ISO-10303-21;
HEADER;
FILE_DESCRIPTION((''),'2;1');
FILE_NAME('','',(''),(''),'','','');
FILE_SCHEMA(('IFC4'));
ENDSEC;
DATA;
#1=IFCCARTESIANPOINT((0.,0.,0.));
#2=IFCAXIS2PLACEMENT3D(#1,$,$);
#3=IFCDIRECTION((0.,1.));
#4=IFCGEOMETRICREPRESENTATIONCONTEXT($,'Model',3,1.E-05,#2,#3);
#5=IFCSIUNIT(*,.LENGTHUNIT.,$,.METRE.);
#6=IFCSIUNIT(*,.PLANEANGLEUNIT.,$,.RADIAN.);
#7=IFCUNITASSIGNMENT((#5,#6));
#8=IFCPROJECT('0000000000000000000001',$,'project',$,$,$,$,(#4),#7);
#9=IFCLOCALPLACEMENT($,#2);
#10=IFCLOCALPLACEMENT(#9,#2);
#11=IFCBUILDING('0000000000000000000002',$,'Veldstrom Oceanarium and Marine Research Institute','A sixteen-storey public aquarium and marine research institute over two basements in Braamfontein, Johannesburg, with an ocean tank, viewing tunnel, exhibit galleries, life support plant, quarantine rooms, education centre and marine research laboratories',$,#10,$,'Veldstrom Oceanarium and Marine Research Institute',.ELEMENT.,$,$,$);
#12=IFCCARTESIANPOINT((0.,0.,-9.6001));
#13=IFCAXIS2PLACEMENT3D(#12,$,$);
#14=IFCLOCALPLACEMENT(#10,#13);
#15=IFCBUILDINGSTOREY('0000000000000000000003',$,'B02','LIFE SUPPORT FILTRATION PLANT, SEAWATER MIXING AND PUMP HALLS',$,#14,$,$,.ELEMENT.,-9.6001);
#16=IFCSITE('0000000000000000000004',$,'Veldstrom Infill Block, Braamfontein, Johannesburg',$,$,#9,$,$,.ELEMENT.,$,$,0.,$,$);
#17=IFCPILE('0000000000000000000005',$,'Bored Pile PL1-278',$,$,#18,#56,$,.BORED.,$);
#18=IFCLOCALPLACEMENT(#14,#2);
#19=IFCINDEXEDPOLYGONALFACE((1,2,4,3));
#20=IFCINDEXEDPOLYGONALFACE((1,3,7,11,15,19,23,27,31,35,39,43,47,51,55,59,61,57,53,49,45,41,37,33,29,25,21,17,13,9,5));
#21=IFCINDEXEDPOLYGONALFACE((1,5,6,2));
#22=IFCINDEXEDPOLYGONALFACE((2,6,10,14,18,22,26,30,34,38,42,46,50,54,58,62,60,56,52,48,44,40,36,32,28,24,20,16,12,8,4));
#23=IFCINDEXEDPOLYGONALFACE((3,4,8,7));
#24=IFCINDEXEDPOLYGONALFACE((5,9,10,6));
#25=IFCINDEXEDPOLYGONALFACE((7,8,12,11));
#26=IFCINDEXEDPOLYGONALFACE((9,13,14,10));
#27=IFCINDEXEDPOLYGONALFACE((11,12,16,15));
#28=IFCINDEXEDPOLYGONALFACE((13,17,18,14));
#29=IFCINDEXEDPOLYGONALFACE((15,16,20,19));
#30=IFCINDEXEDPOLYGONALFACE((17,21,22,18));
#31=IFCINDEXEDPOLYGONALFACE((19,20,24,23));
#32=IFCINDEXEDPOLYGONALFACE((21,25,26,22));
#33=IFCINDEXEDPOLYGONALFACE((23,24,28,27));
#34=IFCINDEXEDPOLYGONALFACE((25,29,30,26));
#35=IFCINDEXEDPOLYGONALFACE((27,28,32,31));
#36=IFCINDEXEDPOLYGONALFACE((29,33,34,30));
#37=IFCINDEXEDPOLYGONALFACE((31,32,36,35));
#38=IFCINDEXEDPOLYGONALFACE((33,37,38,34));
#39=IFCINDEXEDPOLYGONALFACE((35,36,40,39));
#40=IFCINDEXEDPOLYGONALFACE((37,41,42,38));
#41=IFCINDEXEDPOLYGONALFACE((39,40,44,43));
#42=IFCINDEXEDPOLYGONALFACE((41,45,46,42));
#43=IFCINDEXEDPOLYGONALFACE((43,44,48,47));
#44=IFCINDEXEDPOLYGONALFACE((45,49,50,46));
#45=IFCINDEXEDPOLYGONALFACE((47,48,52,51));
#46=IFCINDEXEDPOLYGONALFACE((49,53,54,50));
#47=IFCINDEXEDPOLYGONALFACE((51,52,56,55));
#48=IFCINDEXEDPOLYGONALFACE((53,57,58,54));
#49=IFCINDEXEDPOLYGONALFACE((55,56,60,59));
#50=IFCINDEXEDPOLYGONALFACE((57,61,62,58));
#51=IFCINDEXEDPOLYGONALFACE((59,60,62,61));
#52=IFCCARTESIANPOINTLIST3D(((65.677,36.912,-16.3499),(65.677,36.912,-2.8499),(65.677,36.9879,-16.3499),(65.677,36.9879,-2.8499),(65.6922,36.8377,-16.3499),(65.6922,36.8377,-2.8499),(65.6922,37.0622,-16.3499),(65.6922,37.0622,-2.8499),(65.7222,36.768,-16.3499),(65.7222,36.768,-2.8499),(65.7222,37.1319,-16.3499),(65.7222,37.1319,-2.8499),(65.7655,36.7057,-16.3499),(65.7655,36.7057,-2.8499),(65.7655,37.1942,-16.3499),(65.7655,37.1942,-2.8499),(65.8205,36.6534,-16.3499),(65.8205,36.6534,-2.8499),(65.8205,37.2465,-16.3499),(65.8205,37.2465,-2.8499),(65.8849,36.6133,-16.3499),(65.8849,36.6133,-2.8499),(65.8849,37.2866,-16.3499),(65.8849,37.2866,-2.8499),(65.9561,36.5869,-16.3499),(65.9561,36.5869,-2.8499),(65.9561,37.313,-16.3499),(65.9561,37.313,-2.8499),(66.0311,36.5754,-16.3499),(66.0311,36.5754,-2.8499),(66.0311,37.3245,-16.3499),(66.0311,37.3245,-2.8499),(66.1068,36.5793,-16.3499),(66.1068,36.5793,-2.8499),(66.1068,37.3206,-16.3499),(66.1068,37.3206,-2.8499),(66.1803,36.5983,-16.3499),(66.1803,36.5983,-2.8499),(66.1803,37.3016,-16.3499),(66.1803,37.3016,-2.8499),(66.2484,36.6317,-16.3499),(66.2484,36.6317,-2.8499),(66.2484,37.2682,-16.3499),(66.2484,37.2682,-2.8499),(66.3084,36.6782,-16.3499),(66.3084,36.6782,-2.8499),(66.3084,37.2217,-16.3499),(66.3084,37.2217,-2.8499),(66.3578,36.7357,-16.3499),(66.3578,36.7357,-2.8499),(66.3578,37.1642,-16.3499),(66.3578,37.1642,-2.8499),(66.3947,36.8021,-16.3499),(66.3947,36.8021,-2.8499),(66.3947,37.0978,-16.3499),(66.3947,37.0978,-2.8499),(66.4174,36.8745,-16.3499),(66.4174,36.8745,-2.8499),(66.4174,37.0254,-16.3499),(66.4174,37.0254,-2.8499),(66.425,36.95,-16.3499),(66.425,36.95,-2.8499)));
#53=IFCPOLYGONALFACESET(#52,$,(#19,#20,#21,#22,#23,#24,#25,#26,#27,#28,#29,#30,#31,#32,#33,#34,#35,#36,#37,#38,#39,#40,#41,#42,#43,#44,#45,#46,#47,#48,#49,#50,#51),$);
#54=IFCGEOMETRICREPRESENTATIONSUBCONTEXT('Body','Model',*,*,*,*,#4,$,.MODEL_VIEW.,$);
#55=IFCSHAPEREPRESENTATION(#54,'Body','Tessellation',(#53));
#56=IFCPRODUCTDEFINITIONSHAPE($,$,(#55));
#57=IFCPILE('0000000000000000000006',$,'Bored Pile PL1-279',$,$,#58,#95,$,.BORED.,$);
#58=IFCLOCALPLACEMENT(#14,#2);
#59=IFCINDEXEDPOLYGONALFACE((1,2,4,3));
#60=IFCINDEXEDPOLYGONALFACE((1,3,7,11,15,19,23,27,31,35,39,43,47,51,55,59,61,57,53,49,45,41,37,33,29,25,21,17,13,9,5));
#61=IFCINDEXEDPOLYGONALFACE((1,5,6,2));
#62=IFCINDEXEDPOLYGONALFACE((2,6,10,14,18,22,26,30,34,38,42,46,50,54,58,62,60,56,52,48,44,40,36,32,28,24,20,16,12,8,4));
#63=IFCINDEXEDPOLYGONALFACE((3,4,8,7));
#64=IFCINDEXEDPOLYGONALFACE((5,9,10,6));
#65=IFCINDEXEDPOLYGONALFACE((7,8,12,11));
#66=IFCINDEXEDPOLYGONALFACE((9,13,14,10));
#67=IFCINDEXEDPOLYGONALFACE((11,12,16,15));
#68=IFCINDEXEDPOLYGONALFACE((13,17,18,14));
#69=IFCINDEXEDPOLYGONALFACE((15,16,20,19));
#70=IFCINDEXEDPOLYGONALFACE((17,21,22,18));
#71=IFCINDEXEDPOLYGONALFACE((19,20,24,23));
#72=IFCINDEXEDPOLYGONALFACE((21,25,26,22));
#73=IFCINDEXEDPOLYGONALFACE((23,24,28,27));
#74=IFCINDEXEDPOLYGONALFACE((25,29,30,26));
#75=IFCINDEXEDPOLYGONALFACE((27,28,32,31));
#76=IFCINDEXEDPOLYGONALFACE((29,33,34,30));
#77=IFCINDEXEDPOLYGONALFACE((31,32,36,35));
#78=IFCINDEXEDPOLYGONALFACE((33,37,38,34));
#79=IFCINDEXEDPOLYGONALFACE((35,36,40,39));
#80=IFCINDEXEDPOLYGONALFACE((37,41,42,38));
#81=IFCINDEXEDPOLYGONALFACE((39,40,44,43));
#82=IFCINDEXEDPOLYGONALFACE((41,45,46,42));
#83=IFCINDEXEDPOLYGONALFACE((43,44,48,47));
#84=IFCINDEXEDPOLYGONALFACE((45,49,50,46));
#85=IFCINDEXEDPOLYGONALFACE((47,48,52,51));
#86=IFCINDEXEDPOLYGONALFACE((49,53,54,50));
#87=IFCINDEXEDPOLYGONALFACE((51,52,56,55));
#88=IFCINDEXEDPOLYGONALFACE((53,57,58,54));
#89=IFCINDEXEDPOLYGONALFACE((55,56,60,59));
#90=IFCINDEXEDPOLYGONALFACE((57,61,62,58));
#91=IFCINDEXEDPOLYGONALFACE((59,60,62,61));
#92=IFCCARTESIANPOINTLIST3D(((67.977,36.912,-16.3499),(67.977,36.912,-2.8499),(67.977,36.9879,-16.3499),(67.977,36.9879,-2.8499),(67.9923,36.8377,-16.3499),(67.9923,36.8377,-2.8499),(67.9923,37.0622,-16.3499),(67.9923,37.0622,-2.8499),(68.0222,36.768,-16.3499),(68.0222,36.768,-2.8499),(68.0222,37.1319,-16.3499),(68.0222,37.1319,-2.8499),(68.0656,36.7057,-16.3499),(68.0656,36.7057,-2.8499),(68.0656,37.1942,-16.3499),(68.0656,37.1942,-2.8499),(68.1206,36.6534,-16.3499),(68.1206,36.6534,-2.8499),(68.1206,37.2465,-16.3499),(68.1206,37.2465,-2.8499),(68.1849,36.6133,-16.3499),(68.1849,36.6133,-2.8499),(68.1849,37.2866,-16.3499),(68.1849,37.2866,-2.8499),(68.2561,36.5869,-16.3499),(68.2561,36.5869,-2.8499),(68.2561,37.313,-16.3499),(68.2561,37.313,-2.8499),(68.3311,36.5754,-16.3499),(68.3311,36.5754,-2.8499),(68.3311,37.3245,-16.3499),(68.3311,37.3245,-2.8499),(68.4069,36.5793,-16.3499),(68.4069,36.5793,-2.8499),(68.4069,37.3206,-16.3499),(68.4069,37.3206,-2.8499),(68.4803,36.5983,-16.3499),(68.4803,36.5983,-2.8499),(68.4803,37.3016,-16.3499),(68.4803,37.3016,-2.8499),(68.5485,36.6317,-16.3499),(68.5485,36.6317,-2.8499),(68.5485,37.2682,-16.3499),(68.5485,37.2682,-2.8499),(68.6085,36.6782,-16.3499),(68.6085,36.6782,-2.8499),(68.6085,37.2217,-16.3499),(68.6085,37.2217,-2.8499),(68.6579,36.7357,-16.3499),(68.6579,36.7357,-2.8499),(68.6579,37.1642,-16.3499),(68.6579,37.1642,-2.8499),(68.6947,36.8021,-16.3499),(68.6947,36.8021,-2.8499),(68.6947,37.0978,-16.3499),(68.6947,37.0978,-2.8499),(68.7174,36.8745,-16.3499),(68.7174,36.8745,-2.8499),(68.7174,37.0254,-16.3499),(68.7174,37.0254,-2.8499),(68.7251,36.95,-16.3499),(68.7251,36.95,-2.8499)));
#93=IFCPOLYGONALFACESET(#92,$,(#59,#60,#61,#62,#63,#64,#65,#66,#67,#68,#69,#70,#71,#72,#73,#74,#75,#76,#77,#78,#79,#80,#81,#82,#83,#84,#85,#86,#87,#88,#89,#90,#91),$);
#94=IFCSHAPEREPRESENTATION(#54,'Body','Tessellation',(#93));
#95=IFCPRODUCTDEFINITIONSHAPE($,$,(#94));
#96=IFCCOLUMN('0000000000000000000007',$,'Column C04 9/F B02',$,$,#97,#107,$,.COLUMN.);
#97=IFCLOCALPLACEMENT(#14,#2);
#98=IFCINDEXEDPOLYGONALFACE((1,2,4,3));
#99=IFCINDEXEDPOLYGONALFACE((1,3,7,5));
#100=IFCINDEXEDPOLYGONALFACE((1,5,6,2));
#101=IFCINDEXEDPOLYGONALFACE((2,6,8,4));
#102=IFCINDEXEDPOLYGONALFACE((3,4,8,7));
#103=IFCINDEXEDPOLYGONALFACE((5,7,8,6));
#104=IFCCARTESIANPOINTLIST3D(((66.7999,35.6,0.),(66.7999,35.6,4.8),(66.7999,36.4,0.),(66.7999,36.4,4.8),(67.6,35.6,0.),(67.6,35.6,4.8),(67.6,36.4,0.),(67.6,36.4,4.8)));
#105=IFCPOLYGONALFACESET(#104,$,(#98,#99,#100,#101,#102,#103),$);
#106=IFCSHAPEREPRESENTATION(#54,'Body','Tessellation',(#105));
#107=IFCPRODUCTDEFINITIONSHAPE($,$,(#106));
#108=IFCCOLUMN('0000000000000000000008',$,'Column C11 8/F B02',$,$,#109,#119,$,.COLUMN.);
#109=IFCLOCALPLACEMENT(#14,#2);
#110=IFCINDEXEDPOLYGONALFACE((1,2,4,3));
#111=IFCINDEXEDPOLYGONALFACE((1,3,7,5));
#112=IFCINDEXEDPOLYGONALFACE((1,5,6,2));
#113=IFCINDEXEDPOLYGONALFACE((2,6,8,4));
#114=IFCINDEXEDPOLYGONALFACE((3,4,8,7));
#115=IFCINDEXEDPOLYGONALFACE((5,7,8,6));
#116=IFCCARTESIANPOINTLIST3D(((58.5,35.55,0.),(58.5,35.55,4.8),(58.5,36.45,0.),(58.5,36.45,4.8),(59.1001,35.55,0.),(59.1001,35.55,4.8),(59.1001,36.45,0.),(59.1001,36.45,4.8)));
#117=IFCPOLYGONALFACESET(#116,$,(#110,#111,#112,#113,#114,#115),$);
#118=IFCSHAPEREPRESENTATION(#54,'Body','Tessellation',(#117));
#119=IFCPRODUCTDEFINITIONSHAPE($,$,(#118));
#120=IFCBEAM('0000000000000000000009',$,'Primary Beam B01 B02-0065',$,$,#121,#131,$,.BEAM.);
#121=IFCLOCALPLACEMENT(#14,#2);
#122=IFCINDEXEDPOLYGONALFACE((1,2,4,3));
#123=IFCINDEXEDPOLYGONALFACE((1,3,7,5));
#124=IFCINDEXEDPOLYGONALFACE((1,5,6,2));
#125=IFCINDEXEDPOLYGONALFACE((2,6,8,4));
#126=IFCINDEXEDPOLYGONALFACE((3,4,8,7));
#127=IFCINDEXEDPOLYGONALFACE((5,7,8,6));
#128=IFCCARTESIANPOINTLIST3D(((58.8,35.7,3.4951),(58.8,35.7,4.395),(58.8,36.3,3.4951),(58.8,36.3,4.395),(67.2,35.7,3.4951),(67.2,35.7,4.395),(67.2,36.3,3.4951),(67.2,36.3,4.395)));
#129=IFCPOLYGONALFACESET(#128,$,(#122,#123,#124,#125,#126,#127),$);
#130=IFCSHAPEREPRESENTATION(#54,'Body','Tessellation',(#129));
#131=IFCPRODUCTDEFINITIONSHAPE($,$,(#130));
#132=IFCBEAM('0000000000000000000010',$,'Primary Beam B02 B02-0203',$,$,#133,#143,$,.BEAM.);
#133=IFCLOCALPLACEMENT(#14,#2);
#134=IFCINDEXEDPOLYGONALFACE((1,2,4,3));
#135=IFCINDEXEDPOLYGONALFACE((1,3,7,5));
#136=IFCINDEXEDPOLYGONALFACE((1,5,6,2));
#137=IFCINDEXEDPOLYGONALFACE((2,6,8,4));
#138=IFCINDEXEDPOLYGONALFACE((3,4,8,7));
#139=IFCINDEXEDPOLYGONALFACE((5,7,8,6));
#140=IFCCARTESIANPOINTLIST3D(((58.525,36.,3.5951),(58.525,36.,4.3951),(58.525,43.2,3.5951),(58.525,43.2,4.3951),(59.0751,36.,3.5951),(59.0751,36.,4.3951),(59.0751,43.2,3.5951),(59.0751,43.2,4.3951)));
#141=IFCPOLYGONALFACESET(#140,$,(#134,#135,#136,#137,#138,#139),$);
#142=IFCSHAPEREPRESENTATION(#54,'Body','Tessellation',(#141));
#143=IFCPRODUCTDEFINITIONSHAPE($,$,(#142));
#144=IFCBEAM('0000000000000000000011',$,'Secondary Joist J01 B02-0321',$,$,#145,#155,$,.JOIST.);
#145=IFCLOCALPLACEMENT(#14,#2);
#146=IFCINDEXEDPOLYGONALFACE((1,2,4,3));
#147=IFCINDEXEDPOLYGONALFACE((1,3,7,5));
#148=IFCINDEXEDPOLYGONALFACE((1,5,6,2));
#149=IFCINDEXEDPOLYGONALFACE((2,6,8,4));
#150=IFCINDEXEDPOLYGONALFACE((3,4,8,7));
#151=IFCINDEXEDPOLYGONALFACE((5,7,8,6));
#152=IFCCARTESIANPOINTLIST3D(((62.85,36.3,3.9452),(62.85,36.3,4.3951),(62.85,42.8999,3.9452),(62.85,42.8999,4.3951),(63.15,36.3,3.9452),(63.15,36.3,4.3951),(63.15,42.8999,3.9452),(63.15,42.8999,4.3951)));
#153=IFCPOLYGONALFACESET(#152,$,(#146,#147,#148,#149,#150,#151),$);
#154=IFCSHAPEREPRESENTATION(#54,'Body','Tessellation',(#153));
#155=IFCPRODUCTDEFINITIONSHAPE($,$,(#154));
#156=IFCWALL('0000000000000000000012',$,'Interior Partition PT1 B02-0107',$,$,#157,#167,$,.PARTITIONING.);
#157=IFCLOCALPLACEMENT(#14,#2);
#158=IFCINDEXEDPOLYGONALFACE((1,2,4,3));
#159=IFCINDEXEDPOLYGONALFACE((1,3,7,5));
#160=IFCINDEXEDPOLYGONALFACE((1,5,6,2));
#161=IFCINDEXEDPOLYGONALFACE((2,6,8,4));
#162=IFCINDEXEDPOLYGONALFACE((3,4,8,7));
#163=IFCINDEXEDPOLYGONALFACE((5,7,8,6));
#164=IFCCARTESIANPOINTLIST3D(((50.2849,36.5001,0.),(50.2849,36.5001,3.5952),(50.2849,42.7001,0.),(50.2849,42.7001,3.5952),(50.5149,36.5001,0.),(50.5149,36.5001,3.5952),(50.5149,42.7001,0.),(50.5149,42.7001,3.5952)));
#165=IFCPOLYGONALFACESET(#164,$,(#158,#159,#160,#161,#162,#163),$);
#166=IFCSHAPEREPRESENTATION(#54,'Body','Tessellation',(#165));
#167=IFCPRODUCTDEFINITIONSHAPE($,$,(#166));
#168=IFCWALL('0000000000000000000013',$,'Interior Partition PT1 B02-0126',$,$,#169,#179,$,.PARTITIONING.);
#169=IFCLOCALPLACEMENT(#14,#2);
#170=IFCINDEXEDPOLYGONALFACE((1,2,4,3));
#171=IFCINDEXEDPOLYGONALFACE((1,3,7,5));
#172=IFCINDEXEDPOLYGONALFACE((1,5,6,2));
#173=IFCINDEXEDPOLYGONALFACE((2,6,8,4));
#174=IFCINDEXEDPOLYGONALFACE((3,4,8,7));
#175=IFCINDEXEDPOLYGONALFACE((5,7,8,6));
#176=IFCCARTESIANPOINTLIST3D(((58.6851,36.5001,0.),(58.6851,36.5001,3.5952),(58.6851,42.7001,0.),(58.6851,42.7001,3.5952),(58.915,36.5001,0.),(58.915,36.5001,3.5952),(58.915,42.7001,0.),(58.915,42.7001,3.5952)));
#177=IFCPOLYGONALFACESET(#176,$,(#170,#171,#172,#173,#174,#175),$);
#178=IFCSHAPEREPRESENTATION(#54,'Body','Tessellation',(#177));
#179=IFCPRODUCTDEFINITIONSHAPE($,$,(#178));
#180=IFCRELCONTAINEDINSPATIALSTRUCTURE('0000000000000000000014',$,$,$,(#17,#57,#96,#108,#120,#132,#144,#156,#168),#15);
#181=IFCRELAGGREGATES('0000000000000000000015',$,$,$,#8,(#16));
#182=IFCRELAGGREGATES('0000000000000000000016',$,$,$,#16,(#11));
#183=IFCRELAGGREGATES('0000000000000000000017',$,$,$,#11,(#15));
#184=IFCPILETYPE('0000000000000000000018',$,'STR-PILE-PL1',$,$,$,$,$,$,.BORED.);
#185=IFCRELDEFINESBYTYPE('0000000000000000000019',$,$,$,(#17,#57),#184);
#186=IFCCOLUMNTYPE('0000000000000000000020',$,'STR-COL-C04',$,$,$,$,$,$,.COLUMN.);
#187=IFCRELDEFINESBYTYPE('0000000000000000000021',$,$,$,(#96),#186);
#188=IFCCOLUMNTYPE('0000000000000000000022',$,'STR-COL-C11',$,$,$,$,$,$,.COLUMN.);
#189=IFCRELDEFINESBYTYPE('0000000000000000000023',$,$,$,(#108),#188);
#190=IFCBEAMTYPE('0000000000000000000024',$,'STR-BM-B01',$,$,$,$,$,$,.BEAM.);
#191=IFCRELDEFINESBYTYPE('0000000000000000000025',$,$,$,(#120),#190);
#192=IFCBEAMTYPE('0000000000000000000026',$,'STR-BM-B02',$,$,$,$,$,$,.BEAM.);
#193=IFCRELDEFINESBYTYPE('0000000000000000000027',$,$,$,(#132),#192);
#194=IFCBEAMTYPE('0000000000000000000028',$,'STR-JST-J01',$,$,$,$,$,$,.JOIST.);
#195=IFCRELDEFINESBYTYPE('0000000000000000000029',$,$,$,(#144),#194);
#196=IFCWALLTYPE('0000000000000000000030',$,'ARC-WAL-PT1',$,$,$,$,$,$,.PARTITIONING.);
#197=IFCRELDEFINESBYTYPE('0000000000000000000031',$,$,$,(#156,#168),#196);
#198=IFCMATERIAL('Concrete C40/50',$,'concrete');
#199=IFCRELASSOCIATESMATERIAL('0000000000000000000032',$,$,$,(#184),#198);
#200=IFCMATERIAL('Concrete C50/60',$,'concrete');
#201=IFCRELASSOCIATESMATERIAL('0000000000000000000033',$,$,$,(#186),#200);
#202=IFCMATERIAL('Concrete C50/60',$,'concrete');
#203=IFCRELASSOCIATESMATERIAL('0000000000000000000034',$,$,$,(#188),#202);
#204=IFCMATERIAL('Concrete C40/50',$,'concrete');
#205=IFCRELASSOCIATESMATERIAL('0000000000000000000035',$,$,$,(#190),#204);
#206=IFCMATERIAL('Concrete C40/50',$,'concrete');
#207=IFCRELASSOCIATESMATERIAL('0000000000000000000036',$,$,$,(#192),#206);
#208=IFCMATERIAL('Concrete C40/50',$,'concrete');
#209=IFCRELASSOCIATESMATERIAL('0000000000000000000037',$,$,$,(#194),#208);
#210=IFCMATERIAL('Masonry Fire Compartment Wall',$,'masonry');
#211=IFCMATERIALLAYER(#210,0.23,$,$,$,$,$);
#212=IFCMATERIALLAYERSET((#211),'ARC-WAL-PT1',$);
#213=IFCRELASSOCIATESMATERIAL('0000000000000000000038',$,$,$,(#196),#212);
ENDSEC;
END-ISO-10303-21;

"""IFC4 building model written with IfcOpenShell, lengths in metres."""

from ifc_helpers import new_model, si_unit, direction, frame, frame_2d, origin, origin_2d, place, context, subcontext, project, spatial, rectangle, circle, extrude, material, layer, layer_set, material_profile, profile_set, type_object, element, save


model = new_model("IFC4")

# Units and contexts
model_context = context("Model", 3, precision=1e-05, world=origin(), true_north=direction((0.0, 1.0)))
body_context = subcontext(model_context, "Body", "Model", "MODEL_VIEW")
ifc_project = project(units=[si_unit("LENGTHUNIT", "METRE"), si_unit("PLANEANGLEUNIT", "RADIAN")], contexts=[model_context])

# Site, building, storey
site_placement = place(None, origin())
site = spatial("IfcSite", under=ifc_project, at=site_placement, Name="Veldstrom Infill Block, Braamfontein, Johannesburg", CompositionType="ELEMENT", RefElevation=0.0)
building_placement = place(site_placement, origin())
building = spatial("IfcBuilding", under=site, at=building_placement, Name="Veldstrom Oceanarium and Marine Research Institute", Description="A sixteen-storey public aquarium and marine research institute over two basements in Braamfontein, Johannesburg, with an ocean tank, viewing tunnel, exhibit galleries, life support plant, quarantine rooms, education centre and marine research laboratories", LongName="Veldstrom Oceanarium and Marine Research Institute", CompositionType="ELEMENT")
storey_placement = place(building_placement, frame((0.0, 0.0, -9.6001)))
storey = spatial("IfcBuildingStorey", under=building, at=storey_placement, Name="B02", Description="LIFE SUPPORT FILTRATION PLANT, SEAWATER MIXING AND PUMP HALLS", CompositionType="ELEMENT", Elevation=-9.6001)

# Piles
ifc_material_1 = material(Name="Concrete C40/50", Category="concrete")
ifc_material_profile_1 = material_profile(ifc_material_1, circle(Radius=0.375, at=origin_2d()), Name="PILE-D750")
ifc_profile_set_1 = profile_set([ifc_material_profile_1], Name="Concrete C40/50")
pile_type = type_object("IfcPileType", Name="STR-PILE-PL1", PredefinedType="BORED", material=ifc_profile_set_1)
for number, where, z_axis, x_axis, name in (
    (1, (66.05, 36.95, -2.8499), (0.0, 0.0, -1.0), (1.0, 0.0, 0.0), "Bored Pile PL1-278"),
    (2, (68.3501, 36.95, -2.8499), (0.0, 0.0, -1.0), (1.0, 0.0, 0.0), "Bored Pile PL1-279"),
):
    element("IfcPile", number, at=place(storey_placement, frame(where, z_axis=z_axis, x_axis=x_axis)), inside=storey, type_object=pile_type, Name=name, PredefinedType="BORED", context=body_context, shape_type="SweptSolid", body=[
        extrude(circle(Radius=0.375, at=origin_2d()), origin(), (0.0, 0.0, 1.0), 13.5),
    ])

# Columns
ifc_material_2 = material(Name="Concrete C50/60", Category="concrete")
ifc_material_profile_2 = material_profile(ifc_material_2, rectangle(XDim=0.8, YDim=0.8, at=origin_2d()), Name="RC-COL-800x800")
ifc_profile_set_2 = profile_set([ifc_material_profile_2], Name="Concrete C50/60")
column_type_1 = type_object("IfcColumnType", Name="STR-COL-C04", PredefinedType="COLUMN", material=ifc_profile_set_2)
column_1_placement = place(storey_placement, frame((67.2, 36.0, 0.0), z_axis=(0.0, 0.0, 1.0), x_axis=(1.0, 0.0, 0.0)))
element("IfcColumn", 3, at=column_1_placement, inside=storey, type_object=column_type_1, Name="Column C04 9/F B02", PredefinedType="COLUMN", context=body_context, shape_type="SweptSolid", body=[
    extrude(rectangle(XDim=0.8, YDim=0.8, at=origin_2d()), origin(), (0.0, 0.0, 1.0), 4.8),
])
ifc_material_3 = material(Name="Concrete C50/60", Category="concrete")
ifc_material_profile_3 = material_profile(ifc_material_3, rectangle(XDim=0.6001, YDim=0.8999, at=origin_2d()), Name="RC-COL-900x600")
ifc_profile_set_3 = profile_set([ifc_material_profile_3], Name="Concrete C50/60")
column_type_2 = type_object("IfcColumnType", Name="STR-COL-C11", PredefinedType="COLUMN", material=ifc_profile_set_3)
column_2_placement = place(storey_placement, frame((58.8, 36.0, 0.0), z_axis=(0.0, 0.0, 1.0), x_axis=(1.0, 0.0, 0.0)))
element("IfcColumn", 4, at=column_2_placement, inside=storey, type_object=column_type_2, Name="Column C11 8/F B02", PredefinedType="COLUMN", context=body_context, shape_type="SweptSolid", body=[
    extrude(rectangle(XDim=0.6001, YDim=0.8999, at=origin_2d()), origin(), (0.0, 0.0, 1.0), 4.8),
])

# Beams
ifc_material_4 = material(Name="Concrete C40/50", Category="concrete")
ifc_material_profile_4 = material_profile(ifc_material_4, rectangle(XDim=0.6001, YDim=0.8999, at=origin_2d()), Name="RC-BM-600x900")
ifc_profile_set_4 = profile_set([ifc_material_profile_4], Name="Concrete C40/50")
beam_type_1 = type_object("IfcBeamType", Name="STR-BM-B01", PredefinedType="BEAM", material=ifc_profile_set_4)
beam_1_placement = place(storey_placement, frame((58.8, 36.0, 3.9451), z_axis=(1.0, 0.0, 0.0), x_axis=(0.0, 1.0, 0.0)))
element("IfcBeam", 5, at=beam_1_placement, inside=storey, type_object=beam_type_1, Name="Primary Beam B01 B02-0065", PredefinedType="BEAM", context=body_context, shape_type="SweptSolid", body=[
    extrude(rectangle(XDim=0.6001, YDim=0.8999, at=origin_2d()), origin(), (0.0, 0.0, 1.0), 8.3999),
])
ifc_material_5 = material(Name="Concrete C40/50", Category="concrete")
ifc_material_profile_5 = material_profile(ifc_material_5, rectangle(XDim=0.55, YDim=0.8, at=origin_2d()), Name="RC-BM-550x800")
ifc_profile_set_5 = profile_set([ifc_material_profile_5], Name="Concrete C40/50")
beam_type_2 = type_object("IfcBeamType", Name="STR-BM-B02", PredefinedType="BEAM", material=ifc_profile_set_5)
beam_2_placement = place(storey_placement, frame((58.8, 36.0, 3.9951), z_axis=(0.0, 1.0, 0.0), x_axis=(-1.0, 0.0, 0.0)))
element("IfcBeam", 6, at=beam_2_placement, inside=storey, type_object=beam_type_2, Name="Primary Beam B02 B02-0203", PredefinedType="BEAM", context=body_context, shape_type="SweptSolid", body=[
    extrude(rectangle(XDim=0.55, YDim=0.8, at=origin_2d()), origin(), (0.0, 0.0, 1.0), 7.2),
])
ifc_material_6 = material(Name="Concrete C40/50", Category="concrete")
ifc_material_profile_6 = material_profile(ifc_material_6, rectangle(XDim=0.3, YDim=0.45, at=origin_2d()), Name="RC-JST-300x450")
ifc_profile_set_6 = profile_set([ifc_material_profile_6], Name="Concrete C40/50")
beam_type_3 = type_object("IfcBeamType", Name="STR-JST-J01", PredefinedType="JOIST", material=ifc_profile_set_6)
beam_3_placement = place(storey_placement, frame((63.0, 36.3, 4.1702), z_axis=(0.0, 1.0, 0.0), x_axis=(-1.0, 0.0, 0.0)))
element("IfcBeam", 7, at=beam_3_placement, inside=storey, type_object=beam_type_3, Name="Secondary Joist J01 B02-0321", PredefinedType="JOIST", context=body_context, shape_type="SweptSolid", body=[
    extrude(rectangle(XDim=0.3, YDim=0.45, at=origin_2d()), origin(), (0.0, 0.0, 1.0), 6.5999),
])

# Wall
ifc_material_7 = material(Name="Masonry Fire Compartment Wall", Category="masonry")
ifc_layer_1 = layer(ifc_material_7, 0.23)
ifc_layer_set_1 = layer_set([ifc_layer_1], Name="ARC-WAL-PT1")
wall_type_1 = type_object("IfcWallType", Name="ARC-WAL-PT1", PredefinedType="PARTITIONING", material=ifc_layer_set_1)
wall_1_placement = place(storey_placement, frame((50.3999, 36.5, 0.0), z_axis=(0.0, 0.0, 1.0), x_axis=(0.0, 1.0, 0.0)))
element("IfcWall", 8, at=wall_1_placement, inside=storey, type_object=wall_type_1, Name="Interior Partition PT1 B02-0107", PredefinedType="PARTITIONING", context=body_context, shape_type="SweptSolid", body=[
    extrude(rectangle(XDim=6.2, YDim=0.23, at=frame_2d((3.1001, 0.0))), origin(), (0.0, 0.0, 1.0), 3.5952),
])

# Wall
wall_2_placement = place(storey_placement, frame((58.8, 36.5, 0.0), z_axis=(0.0, 0.0, 1.0), x_axis=(0.0, 1.0, 0.0)))
element("IfcWall", 9, at=wall_2_placement, inside=storey, type_object=wall_type_1, Name="Interior Partition PT1 B02-0126", PredefinedType="PARTITIONING", context=body_context, shape_type="SweptSolid", body=[
    extrude(rectangle(XDim=6.2, YDim=0.23, at=frame_2d((3.1001, 0.0))), origin(), (0.0, 0.0, 1.0), 3.5952),
])

save(model, "model.ifc")
